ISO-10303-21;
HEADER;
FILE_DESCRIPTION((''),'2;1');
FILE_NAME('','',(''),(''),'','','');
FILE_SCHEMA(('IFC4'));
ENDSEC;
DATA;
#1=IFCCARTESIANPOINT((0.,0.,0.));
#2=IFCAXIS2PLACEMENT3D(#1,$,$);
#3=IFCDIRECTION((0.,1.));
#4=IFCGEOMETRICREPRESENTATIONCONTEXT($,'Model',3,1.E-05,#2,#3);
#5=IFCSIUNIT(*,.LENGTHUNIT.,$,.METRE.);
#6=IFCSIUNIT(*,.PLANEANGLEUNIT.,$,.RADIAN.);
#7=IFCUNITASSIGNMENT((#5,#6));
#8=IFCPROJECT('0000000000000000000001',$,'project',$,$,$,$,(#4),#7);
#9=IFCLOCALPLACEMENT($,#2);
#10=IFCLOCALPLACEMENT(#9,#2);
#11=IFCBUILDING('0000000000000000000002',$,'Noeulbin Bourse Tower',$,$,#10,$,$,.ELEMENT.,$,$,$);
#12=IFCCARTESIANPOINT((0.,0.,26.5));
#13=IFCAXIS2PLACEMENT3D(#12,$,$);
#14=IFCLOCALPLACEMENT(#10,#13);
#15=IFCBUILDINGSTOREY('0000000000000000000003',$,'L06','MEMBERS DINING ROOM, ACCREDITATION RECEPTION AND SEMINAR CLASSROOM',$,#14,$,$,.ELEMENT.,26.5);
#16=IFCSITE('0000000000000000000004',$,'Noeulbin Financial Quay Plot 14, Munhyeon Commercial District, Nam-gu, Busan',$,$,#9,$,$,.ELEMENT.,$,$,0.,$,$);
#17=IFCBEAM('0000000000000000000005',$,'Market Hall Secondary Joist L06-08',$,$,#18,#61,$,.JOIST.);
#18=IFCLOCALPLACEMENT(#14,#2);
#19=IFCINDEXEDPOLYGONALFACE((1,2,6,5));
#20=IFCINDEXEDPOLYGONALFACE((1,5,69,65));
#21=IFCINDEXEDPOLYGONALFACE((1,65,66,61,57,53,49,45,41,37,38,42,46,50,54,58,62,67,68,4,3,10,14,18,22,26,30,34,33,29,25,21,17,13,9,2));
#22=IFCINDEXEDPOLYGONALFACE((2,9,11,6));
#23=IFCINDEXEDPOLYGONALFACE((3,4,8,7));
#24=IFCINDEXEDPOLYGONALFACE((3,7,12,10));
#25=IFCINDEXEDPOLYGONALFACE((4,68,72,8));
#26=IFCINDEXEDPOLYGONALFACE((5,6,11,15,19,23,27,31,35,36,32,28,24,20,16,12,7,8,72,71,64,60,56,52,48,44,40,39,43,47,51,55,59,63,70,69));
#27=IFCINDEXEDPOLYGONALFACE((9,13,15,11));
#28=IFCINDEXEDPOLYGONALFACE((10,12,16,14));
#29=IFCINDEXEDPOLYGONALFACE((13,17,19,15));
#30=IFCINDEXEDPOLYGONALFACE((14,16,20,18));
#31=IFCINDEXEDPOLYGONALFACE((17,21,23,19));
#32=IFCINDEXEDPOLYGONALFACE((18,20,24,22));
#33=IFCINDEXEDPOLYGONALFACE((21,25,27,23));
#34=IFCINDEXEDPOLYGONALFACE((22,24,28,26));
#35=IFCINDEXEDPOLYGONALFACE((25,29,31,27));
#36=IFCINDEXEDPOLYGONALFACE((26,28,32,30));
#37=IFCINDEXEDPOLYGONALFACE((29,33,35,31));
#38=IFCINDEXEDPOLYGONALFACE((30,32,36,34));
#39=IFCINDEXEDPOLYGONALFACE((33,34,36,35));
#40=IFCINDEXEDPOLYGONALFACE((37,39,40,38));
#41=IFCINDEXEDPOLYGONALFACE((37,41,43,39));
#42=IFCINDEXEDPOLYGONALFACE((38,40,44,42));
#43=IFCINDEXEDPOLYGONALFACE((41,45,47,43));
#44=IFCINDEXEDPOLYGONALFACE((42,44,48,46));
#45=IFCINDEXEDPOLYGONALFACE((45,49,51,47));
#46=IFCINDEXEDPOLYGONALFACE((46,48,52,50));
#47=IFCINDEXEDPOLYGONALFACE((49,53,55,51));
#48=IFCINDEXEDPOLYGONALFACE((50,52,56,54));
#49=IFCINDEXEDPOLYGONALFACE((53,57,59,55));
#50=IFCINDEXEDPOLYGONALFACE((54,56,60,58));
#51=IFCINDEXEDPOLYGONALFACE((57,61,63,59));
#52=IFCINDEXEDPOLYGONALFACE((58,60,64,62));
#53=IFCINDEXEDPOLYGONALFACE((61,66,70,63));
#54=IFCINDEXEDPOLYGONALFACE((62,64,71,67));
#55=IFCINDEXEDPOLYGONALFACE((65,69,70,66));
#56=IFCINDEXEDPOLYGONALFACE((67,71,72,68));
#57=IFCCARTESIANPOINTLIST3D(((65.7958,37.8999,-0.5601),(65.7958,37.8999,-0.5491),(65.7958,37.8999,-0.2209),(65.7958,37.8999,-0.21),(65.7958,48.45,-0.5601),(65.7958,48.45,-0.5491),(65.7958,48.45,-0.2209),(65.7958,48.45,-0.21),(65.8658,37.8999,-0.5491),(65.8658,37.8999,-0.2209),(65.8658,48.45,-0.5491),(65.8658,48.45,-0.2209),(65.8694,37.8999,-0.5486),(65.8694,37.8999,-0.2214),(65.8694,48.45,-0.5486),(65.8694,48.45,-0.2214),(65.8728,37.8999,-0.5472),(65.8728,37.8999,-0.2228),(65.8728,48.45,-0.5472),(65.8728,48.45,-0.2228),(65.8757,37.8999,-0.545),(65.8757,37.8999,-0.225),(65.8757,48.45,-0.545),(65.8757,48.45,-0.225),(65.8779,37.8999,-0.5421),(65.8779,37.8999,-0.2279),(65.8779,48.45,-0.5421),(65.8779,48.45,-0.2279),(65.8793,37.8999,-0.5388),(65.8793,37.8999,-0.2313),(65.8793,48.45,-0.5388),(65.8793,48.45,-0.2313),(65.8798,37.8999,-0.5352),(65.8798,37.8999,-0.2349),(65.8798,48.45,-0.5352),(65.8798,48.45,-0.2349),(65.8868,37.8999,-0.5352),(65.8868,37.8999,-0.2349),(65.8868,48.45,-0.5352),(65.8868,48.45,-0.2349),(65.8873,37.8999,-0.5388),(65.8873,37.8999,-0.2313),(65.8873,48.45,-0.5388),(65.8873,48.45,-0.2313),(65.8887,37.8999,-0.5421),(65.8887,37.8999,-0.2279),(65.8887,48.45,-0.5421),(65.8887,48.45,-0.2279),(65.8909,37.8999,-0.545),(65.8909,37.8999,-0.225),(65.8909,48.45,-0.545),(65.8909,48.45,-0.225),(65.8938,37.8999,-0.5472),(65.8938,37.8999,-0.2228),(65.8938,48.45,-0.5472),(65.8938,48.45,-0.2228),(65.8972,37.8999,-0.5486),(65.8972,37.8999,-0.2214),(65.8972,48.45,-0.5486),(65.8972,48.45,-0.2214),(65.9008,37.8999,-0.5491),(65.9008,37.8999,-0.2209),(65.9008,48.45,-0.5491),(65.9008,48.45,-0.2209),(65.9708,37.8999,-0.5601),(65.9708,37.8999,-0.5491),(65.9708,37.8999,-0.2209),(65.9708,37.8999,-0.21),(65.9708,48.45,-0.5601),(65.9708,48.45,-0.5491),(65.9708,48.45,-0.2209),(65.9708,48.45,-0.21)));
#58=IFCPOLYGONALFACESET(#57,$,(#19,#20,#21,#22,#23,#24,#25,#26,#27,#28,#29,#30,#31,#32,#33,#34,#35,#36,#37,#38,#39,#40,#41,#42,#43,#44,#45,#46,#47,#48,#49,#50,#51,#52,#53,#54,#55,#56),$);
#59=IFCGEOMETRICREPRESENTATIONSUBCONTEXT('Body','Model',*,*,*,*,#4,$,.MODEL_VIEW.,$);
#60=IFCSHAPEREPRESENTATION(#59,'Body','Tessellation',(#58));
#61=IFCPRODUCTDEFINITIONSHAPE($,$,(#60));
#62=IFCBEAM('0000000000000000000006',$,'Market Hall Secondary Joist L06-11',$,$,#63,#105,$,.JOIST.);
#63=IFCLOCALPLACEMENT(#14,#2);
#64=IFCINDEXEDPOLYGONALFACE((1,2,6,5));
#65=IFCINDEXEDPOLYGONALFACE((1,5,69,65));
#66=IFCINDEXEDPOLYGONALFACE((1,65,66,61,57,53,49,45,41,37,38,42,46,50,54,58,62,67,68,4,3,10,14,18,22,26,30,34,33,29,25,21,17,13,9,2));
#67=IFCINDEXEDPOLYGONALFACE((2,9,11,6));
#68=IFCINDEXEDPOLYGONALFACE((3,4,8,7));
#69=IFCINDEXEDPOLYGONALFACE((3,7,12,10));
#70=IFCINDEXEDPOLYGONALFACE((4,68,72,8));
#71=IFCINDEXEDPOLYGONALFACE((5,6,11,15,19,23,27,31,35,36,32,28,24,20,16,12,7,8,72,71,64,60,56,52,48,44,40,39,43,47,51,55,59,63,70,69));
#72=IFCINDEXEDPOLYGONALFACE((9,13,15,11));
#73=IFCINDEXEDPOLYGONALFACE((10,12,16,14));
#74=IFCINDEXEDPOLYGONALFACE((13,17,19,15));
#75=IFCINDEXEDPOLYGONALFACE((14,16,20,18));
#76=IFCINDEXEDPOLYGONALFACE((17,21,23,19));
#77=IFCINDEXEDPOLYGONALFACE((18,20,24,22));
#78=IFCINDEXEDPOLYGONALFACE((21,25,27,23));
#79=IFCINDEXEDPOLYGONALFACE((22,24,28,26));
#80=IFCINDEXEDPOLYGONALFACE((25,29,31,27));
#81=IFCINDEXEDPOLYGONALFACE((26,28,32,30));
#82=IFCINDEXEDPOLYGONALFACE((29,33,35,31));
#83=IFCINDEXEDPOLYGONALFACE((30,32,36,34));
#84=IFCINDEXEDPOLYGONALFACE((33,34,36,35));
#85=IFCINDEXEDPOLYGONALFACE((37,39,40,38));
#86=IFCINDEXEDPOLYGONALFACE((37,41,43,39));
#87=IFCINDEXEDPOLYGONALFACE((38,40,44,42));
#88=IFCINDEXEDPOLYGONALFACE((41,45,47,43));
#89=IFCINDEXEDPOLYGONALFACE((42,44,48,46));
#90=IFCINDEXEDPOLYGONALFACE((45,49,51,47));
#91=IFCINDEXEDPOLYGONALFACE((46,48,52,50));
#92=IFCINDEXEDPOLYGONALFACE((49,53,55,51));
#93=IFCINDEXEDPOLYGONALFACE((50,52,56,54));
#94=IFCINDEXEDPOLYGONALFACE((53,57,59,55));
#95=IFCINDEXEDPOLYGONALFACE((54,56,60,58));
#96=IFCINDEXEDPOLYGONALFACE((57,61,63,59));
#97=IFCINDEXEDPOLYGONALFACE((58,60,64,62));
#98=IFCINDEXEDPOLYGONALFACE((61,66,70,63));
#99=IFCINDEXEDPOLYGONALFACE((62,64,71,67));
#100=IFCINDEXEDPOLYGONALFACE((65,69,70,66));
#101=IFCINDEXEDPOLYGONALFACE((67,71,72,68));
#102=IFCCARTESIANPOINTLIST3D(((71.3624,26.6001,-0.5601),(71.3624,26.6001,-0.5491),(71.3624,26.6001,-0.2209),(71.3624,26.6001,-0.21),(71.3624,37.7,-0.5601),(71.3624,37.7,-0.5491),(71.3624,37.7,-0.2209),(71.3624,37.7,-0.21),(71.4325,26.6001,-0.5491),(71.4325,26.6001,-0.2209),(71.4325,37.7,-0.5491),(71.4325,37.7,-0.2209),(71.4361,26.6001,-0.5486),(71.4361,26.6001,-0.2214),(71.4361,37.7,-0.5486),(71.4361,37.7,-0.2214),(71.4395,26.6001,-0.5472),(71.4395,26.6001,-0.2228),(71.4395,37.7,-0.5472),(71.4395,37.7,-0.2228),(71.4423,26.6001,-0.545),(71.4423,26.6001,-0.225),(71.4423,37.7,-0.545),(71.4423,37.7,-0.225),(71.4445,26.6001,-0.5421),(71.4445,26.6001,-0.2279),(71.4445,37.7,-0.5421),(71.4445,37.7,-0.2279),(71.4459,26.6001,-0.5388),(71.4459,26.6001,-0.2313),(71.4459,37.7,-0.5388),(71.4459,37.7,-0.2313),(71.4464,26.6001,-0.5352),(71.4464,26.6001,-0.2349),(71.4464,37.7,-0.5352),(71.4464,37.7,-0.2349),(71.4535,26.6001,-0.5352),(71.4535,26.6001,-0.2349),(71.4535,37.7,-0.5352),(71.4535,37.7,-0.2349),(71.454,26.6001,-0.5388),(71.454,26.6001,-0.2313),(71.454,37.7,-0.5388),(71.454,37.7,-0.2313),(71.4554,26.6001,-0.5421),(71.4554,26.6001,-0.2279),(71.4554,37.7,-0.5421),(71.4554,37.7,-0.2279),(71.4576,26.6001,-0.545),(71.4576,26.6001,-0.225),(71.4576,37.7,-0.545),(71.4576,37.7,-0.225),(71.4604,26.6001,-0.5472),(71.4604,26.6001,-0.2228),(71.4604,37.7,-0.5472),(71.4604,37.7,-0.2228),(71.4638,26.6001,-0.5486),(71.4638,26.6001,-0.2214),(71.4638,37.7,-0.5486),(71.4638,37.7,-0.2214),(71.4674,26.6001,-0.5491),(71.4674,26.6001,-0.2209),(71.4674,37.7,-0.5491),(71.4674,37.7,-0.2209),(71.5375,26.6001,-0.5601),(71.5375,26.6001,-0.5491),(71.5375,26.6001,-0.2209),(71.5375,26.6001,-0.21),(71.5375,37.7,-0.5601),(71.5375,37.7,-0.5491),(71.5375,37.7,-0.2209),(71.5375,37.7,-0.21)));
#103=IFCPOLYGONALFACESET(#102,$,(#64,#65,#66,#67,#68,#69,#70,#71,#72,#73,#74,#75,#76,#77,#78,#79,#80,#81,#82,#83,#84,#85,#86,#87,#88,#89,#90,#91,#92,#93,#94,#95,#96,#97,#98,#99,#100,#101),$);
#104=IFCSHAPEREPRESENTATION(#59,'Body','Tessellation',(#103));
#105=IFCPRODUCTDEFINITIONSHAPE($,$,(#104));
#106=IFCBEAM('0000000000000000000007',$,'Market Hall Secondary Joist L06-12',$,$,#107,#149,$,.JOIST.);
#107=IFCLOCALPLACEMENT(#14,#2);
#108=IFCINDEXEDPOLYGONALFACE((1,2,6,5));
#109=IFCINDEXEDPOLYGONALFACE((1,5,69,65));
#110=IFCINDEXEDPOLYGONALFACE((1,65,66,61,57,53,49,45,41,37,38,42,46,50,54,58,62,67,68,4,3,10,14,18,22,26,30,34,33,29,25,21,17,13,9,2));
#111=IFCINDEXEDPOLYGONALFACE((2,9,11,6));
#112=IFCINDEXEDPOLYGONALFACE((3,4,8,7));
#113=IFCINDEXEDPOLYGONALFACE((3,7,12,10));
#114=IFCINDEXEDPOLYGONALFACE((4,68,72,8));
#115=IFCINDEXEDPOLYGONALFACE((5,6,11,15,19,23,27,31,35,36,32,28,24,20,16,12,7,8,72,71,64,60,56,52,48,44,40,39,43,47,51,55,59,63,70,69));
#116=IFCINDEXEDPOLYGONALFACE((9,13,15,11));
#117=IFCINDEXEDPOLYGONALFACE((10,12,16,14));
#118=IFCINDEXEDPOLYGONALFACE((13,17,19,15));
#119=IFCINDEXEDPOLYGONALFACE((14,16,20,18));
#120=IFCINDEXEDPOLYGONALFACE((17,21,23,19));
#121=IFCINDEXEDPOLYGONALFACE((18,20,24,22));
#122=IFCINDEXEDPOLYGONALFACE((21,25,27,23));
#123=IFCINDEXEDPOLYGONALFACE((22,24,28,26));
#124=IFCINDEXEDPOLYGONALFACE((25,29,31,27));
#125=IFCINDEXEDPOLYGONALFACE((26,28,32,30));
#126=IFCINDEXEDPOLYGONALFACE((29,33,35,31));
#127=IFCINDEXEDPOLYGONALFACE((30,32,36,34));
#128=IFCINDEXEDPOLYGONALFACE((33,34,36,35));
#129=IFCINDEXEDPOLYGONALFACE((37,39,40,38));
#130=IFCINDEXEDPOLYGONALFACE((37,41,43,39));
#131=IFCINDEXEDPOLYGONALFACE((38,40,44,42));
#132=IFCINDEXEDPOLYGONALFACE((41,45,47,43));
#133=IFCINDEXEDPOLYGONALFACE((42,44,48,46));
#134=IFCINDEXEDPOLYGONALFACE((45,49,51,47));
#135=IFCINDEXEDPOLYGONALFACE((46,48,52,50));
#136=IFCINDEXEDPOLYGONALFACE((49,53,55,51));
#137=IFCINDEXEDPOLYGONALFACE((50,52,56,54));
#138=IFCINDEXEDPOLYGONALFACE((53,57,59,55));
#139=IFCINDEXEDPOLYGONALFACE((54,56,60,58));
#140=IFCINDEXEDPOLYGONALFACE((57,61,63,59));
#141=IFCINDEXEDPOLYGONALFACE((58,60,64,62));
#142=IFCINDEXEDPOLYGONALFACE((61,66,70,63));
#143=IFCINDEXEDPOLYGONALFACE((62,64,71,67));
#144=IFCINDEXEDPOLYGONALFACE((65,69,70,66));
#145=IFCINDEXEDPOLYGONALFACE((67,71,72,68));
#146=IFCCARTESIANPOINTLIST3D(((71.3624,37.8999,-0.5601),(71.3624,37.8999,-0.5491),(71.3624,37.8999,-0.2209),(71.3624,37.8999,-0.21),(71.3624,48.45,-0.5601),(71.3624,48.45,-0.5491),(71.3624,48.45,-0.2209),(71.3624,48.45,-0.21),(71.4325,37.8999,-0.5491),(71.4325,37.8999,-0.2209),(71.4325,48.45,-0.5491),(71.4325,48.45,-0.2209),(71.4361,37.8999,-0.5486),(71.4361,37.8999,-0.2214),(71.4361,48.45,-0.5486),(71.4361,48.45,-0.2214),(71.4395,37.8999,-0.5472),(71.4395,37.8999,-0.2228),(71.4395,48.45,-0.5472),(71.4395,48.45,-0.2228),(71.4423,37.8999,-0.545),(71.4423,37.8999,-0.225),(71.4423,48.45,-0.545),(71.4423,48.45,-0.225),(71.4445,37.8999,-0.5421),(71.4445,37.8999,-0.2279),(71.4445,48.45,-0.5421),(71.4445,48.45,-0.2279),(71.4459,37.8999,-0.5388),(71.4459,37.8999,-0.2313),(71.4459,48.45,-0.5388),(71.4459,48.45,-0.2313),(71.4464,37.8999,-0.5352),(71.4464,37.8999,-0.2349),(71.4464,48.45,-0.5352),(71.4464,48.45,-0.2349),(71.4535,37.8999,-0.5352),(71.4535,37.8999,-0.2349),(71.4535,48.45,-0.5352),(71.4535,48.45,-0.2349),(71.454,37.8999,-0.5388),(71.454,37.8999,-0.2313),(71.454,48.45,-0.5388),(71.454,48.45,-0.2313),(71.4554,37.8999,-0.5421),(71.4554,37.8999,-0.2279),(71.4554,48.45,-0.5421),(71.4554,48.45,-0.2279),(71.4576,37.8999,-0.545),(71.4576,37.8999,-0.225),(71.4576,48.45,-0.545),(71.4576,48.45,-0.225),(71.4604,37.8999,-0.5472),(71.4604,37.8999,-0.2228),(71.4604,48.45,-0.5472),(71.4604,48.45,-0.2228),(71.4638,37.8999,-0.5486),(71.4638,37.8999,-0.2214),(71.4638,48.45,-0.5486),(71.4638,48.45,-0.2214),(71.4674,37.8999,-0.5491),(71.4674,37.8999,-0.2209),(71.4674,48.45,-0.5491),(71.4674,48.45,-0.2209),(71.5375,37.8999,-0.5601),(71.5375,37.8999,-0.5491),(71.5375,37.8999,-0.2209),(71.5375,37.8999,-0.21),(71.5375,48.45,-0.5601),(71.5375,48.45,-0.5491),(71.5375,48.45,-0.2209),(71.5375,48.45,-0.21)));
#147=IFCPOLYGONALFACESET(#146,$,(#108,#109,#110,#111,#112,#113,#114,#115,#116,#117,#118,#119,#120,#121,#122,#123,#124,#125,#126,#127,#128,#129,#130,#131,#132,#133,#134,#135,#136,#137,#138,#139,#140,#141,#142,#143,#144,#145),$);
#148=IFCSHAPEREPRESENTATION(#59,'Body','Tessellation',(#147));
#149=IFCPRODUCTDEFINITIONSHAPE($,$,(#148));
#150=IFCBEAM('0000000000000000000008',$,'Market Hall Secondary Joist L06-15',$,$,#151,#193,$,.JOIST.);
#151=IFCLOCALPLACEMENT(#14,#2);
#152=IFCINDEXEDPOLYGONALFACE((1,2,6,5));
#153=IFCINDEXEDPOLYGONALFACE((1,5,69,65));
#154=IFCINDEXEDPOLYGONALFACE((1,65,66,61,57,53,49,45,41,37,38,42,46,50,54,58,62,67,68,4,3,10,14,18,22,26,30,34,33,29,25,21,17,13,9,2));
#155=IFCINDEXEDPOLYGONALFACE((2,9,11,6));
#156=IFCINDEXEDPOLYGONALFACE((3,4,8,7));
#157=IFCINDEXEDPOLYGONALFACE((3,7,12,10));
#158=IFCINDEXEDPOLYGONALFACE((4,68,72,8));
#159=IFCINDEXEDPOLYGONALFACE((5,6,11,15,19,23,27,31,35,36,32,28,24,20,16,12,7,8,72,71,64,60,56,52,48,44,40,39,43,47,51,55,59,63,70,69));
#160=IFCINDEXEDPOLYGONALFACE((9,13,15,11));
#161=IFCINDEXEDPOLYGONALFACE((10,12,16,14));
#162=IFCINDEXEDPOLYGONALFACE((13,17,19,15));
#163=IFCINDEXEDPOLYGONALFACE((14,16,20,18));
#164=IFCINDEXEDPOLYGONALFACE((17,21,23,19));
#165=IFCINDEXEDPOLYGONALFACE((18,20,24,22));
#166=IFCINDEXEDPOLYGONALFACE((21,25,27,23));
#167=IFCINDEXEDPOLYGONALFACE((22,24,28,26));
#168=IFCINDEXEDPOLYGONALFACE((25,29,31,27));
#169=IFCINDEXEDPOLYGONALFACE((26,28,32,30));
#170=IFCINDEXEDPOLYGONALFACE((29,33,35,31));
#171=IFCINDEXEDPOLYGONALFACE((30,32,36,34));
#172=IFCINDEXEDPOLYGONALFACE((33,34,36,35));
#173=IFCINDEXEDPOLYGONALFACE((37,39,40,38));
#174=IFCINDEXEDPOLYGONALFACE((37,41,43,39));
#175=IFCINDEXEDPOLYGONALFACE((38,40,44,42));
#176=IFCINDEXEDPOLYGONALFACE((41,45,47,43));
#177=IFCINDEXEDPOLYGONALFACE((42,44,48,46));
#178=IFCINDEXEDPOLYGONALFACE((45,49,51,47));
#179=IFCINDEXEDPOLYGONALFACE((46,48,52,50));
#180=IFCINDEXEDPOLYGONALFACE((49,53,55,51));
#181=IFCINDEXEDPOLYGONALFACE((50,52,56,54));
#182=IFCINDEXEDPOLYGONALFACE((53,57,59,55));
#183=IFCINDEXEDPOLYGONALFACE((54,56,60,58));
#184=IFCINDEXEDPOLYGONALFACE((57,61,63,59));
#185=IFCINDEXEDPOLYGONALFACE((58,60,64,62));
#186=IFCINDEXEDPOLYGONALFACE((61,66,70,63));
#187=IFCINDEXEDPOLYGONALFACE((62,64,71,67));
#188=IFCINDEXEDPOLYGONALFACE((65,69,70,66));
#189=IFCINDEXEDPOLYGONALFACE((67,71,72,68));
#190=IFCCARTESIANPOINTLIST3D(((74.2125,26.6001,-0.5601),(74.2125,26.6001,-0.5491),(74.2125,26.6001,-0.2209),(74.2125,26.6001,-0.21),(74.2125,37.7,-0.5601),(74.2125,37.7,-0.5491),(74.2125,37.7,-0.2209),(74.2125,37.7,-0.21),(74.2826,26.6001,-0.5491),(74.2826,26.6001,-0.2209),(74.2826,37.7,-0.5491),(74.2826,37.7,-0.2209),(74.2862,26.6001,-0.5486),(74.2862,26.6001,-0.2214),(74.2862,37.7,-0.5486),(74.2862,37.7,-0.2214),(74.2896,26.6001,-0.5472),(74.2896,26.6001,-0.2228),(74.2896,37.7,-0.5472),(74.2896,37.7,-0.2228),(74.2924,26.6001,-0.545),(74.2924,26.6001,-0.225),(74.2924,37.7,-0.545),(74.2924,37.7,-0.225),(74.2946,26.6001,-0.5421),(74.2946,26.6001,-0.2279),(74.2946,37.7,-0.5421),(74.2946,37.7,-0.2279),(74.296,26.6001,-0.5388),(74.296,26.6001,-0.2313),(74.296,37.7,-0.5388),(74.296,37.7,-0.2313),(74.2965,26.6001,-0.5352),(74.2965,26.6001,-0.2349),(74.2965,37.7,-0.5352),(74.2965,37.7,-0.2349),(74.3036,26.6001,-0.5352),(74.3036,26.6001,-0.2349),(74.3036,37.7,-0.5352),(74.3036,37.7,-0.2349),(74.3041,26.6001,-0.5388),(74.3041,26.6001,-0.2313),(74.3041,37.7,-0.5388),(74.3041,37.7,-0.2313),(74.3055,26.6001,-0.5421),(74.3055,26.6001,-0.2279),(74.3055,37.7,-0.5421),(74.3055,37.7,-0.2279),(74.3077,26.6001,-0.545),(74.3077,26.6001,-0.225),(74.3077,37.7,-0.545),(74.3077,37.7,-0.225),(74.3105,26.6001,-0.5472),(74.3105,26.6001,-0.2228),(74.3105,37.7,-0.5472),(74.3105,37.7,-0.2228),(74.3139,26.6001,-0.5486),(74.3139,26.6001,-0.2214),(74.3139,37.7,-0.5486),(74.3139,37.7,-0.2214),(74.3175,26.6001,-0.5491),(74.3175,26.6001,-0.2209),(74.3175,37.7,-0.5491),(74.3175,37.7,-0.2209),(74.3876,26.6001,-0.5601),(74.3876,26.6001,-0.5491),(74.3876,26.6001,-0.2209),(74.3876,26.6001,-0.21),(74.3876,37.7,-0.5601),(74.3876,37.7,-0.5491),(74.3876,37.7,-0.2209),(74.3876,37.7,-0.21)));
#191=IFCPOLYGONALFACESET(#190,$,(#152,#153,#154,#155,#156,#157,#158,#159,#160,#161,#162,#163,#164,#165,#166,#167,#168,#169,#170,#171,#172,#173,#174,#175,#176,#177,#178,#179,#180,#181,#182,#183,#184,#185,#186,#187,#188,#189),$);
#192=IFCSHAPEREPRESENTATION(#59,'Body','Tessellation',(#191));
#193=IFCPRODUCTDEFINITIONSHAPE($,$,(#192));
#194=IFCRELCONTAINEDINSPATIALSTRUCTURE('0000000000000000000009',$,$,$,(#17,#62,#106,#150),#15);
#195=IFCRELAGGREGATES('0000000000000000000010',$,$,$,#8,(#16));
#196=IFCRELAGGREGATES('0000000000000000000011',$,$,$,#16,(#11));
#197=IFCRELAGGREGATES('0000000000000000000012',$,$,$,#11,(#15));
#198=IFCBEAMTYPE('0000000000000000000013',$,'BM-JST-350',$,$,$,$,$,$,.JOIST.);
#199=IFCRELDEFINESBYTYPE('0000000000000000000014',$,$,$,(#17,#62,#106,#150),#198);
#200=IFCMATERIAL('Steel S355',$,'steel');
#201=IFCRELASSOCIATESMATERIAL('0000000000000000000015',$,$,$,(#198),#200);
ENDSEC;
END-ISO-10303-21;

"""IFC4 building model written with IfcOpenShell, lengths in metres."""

from ifc_helpers import new_model, si_unit, direction, frame, origin, origin_2d, place, context, subcontext, project, spatial, i_section, extrude, material, material_profile, profile_set, type_object, element, save


model = new_model("IFC4")

# Units and contexts
model_context = context("Model", 3, precision=1e-05, world=origin(), true_north=direction((0.0, 1.0)))
body_context = subcontext(model_context, "Body", "Model", "MODEL_VIEW")
ifc_project = project(units=[si_unit("LENGTHUNIT", "METRE"), si_unit("PLANEANGLEUNIT", "RADIAN")], contexts=[model_context])

# Site, building, storey
site_placement = place(None, origin())
site = spatial("IfcSite", under=ifc_project, at=site_placement, Name="Noeulbin Financial Quay Plot 14, Munhyeon Commercial District, Nam-gu, Busan", CompositionType="ELEMENT", RefElevation=0.0)
building_placement = place(site_placement, origin())
building = spatial("IfcBuilding", under=site, at=building_placement, Name="Noeulbin Bourse Tower", CompositionType="ELEMENT")
storey_placement = place(building_placement, frame((0.0, 0.0, 26.5)))
storey = spatial("IfcBuildingStorey", under=building, at=storey_placement, Name="L06", Description="MEMBERS DINING ROOM, ACCREDITATION RECEPTION AND SEMINAR CLASSROOM", CompositionType="ELEMENT", Elevation=26.5)

# Beams
ifc_material_1 = material(Name="Steel S355", Category="steel")
ifc_material_profile_1 = material_profile(ifc_material_1, i_section(OverallWidth=0.175, OverallDepth=0.3501, WebThickness=0.0071, FlangeThickness=0.011, FilletRadius=0.0139, at=origin_2d()), Name="H-350x175x7x11", Category="LoadBearing")
ifc_profile_set_1 = profile_set([ifc_material_profile_1], Name="Steel S355")
beam_type_1 = type_object("IfcBeamType", Name="BM-JST-350", PredefinedType="JOIST", material=ifc_profile_set_1)
beam_1_placement = place(storey_placement, frame((65.8833, 37.8999, -0.385), z_axis=(0.0, 1.0, 0.0), x_axis=(-1.0, 0.0, 0.0)))
element("IfcBeam", 1, at=beam_1_placement, inside=storey, type_object=beam_type_1, Name="Market Hall Secondary Joist L06-08", PredefinedType="JOIST", context=body_context, shape_type="SweptSolid", body=[
    extrude(i_section(OverallWidth=0.175, OverallDepth=0.3501, WebThickness=0.0071, FlangeThickness=0.011, FilletRadius=0.0139, at=origin_2d()), origin(), (0.0, 0.0, 1.0), 10.55),
])
beam_2_placement = place(storey_placement, frame((71.45, 26.6001, -0.385), z_axis=(0.0, 1.0, 0.0), x_axis=(-1.0, 0.0, 0.0)))
element("IfcBeam", 2, at=beam_2_placement, inside=storey, type_object=beam_type_1, Name="Market Hall Secondary Joist L06-11", PredefinedType="JOIST", context=body_context, shape_type="SweptSolid", body=[
    extrude(i_section(OverallWidth=0.175, OverallDepth=0.3501, WebThickness=0.0071, FlangeThickness=0.011, FilletRadius=0.0139, at=origin_2d()), origin(), (0.0, 0.0, 1.0), 11.0999),
])
beam_3_placement = place(storey_placement, frame((71.45, 37.8999, -0.385), z_axis=(0.0, 1.0, 0.0), x_axis=(-1.0, 0.0, 0.0)))
element("IfcBeam", 3, at=beam_3_placement, inside=storey, type_object=beam_type_1, Name="Market Hall Secondary Joist L06-12", PredefinedType="JOIST", context=body_context, shape_type="SweptSolid", body=[
    extrude(i_section(OverallWidth=0.175, OverallDepth=0.3501, WebThickness=0.0071, FlangeThickness=0.011, FilletRadius=0.0139, at=origin_2d()), origin(), (0.0, 0.0, 1.0), 10.55),
])
beam_4_placement = place(storey_placement, frame((74.3, 26.6001, -0.385), z_axis=(0.0, 1.0, 0.0), x_axis=(-1.0, 0.0, 0.0)))
element("IfcBeam", 4, at=beam_4_placement, inside=storey, type_object=beam_type_1, Name="Market Hall Secondary Joist L06-15", PredefinedType="JOIST", context=body_context, shape_type="SweptSolid", body=[
    extrude(i_section(OverallWidth=0.175, OverallDepth=0.3501, WebThickness=0.0071, FlangeThickness=0.011, FilletRadius=0.0139, at=origin_2d()), origin(), (0.0, 0.0, 1.0), 11.0999),
])

save(model, "model.ifc")
